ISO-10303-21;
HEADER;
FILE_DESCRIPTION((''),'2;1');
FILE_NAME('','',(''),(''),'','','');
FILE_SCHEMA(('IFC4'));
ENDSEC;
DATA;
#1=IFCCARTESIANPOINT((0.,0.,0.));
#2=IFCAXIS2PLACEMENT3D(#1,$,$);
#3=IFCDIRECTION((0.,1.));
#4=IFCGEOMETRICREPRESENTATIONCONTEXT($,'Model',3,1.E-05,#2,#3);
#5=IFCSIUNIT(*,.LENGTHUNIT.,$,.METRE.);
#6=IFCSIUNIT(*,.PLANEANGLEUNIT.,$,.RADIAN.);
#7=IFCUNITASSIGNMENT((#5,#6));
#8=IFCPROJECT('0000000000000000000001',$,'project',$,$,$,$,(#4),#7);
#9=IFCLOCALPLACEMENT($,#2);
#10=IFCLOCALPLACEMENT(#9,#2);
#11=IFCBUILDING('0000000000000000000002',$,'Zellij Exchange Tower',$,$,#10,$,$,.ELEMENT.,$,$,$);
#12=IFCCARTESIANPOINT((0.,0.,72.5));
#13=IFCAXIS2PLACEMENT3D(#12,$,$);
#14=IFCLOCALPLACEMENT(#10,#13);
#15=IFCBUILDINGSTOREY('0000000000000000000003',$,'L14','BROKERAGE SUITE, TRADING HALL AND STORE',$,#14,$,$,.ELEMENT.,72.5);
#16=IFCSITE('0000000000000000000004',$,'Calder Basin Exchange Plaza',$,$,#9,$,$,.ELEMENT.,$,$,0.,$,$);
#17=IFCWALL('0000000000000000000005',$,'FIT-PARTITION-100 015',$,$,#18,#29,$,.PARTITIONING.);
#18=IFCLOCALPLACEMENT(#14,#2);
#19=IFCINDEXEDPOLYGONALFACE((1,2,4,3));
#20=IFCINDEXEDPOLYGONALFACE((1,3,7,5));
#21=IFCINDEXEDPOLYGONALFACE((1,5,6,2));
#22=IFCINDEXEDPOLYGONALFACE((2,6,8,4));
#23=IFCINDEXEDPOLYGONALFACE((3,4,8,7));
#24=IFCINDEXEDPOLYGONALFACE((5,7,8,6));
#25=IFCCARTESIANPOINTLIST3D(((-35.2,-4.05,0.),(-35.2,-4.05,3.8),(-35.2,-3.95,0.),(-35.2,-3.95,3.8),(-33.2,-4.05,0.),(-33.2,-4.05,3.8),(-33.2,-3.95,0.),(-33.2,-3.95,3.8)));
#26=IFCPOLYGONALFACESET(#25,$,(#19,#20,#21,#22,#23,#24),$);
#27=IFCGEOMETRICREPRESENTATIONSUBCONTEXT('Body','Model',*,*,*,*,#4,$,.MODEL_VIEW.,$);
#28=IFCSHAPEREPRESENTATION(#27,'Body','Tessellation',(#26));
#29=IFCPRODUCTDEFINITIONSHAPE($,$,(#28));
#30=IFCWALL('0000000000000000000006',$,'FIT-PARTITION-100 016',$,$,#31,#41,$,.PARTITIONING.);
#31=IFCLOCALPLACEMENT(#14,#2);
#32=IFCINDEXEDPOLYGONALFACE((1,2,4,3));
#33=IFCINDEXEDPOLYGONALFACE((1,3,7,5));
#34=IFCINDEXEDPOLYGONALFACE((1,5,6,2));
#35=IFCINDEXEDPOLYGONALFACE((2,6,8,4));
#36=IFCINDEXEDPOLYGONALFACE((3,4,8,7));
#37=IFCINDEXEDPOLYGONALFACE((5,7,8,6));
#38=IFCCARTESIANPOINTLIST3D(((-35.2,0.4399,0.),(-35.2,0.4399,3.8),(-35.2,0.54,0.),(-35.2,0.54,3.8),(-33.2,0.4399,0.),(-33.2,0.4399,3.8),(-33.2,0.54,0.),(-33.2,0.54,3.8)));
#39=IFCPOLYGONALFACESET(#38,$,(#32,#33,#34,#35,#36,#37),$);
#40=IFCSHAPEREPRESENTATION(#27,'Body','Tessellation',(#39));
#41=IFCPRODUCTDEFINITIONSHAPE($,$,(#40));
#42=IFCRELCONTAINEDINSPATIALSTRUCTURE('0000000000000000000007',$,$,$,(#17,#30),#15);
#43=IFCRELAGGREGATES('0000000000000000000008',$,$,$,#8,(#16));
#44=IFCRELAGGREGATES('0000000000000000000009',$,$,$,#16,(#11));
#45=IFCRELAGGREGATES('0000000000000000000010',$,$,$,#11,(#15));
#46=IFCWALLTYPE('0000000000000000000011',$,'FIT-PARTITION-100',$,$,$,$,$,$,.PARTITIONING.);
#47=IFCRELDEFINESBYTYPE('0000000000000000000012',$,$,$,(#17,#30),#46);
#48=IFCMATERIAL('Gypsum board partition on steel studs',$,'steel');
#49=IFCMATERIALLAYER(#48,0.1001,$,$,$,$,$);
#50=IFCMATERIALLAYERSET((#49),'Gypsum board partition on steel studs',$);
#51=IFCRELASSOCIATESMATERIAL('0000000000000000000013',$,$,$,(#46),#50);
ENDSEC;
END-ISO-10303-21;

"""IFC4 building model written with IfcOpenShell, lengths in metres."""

from ifc_helpers import new_model, si_unit, direction, frame, frame_2d, origin, place, context, subcontext, project, spatial, rectangle, extrude, material, layer, layer_set, type_object, element, save


model = new_model("IFC4")

# Units and contexts
model_context = context("Model", 3, precision=1e-05, world=origin(), true_north=direction((0.0, 1.0)))
body_context = subcontext(model_context, "Body", "Model", "MODEL_VIEW")
ifc_project = project(units=[si_unit("LENGTHUNIT", "METRE"), si_unit("PLANEANGLEUNIT", "RADIAN")], contexts=[model_context])

# Site, building, storey
site_placement = place(None, origin())
site = spatial("IfcSite", under=ifc_project, at=site_placement, Name="Calder Basin Exchange Plaza", CompositionType="ELEMENT", RefElevation=0.0)
building_placement = place(site_placement, origin())
building = spatial("IfcBuilding", under=site, at=building_placement, Name="Zellij Exchange Tower", CompositionType="ELEMENT")
storey_placement = place(building_placement, frame((0.0, 0.0, 72.5)))
storey = spatial("IfcBuildingStorey", under=building, at=storey_placement, Name="L14", Description="BROKERAGE SUITE, TRADING HALL AND STORE", CompositionType="ELEMENT", Elevation=72.5)

# Shared definitions
ifc_material_1 = material(Name="Gypsum board partition on steel studs", Category="steel")
ifc_layer = layer(ifc_material_1, 0.1001)
ifc_layer_set = layer_set([ifc_layer], Name="Gypsum board partition on steel studs")
wall_type = type_object("IfcWallType", Name="FIT-PARTITION-100", PredefinedType="PARTITIONING", material=ifc_layer_set)

# Walls
for number, where, z_axis, x_axis, name in (
    (1, (-35.2, -4.0, 0.0), (0.0, 0.0, 1.0), (1.0, 0.0, 0.0), "FIT-PARTITION-100 015"),
    (2, (-35.2, 0.49, 0.0), (0.0, 0.0, 1.0), (1.0, 0.0, 0.0), "FIT-PARTITION-100 016"),
):
    element("IfcWall", number, at=place(storey_placement, frame(where, z_axis=z_axis, x_axis=x_axis)), inside=storey, type_object=wall_type, Name=name, PredefinedType="PARTITIONING", context=body_context, shape_type="SweptSolid", body=[
        extrude(rectangle(XDim=2.0, YDim=0.1001, at=frame_2d((1.0, 0.0))), origin(), (0.0, 0.0, 1.0), 3.8),
    ])

save(model, "model.ifc")
